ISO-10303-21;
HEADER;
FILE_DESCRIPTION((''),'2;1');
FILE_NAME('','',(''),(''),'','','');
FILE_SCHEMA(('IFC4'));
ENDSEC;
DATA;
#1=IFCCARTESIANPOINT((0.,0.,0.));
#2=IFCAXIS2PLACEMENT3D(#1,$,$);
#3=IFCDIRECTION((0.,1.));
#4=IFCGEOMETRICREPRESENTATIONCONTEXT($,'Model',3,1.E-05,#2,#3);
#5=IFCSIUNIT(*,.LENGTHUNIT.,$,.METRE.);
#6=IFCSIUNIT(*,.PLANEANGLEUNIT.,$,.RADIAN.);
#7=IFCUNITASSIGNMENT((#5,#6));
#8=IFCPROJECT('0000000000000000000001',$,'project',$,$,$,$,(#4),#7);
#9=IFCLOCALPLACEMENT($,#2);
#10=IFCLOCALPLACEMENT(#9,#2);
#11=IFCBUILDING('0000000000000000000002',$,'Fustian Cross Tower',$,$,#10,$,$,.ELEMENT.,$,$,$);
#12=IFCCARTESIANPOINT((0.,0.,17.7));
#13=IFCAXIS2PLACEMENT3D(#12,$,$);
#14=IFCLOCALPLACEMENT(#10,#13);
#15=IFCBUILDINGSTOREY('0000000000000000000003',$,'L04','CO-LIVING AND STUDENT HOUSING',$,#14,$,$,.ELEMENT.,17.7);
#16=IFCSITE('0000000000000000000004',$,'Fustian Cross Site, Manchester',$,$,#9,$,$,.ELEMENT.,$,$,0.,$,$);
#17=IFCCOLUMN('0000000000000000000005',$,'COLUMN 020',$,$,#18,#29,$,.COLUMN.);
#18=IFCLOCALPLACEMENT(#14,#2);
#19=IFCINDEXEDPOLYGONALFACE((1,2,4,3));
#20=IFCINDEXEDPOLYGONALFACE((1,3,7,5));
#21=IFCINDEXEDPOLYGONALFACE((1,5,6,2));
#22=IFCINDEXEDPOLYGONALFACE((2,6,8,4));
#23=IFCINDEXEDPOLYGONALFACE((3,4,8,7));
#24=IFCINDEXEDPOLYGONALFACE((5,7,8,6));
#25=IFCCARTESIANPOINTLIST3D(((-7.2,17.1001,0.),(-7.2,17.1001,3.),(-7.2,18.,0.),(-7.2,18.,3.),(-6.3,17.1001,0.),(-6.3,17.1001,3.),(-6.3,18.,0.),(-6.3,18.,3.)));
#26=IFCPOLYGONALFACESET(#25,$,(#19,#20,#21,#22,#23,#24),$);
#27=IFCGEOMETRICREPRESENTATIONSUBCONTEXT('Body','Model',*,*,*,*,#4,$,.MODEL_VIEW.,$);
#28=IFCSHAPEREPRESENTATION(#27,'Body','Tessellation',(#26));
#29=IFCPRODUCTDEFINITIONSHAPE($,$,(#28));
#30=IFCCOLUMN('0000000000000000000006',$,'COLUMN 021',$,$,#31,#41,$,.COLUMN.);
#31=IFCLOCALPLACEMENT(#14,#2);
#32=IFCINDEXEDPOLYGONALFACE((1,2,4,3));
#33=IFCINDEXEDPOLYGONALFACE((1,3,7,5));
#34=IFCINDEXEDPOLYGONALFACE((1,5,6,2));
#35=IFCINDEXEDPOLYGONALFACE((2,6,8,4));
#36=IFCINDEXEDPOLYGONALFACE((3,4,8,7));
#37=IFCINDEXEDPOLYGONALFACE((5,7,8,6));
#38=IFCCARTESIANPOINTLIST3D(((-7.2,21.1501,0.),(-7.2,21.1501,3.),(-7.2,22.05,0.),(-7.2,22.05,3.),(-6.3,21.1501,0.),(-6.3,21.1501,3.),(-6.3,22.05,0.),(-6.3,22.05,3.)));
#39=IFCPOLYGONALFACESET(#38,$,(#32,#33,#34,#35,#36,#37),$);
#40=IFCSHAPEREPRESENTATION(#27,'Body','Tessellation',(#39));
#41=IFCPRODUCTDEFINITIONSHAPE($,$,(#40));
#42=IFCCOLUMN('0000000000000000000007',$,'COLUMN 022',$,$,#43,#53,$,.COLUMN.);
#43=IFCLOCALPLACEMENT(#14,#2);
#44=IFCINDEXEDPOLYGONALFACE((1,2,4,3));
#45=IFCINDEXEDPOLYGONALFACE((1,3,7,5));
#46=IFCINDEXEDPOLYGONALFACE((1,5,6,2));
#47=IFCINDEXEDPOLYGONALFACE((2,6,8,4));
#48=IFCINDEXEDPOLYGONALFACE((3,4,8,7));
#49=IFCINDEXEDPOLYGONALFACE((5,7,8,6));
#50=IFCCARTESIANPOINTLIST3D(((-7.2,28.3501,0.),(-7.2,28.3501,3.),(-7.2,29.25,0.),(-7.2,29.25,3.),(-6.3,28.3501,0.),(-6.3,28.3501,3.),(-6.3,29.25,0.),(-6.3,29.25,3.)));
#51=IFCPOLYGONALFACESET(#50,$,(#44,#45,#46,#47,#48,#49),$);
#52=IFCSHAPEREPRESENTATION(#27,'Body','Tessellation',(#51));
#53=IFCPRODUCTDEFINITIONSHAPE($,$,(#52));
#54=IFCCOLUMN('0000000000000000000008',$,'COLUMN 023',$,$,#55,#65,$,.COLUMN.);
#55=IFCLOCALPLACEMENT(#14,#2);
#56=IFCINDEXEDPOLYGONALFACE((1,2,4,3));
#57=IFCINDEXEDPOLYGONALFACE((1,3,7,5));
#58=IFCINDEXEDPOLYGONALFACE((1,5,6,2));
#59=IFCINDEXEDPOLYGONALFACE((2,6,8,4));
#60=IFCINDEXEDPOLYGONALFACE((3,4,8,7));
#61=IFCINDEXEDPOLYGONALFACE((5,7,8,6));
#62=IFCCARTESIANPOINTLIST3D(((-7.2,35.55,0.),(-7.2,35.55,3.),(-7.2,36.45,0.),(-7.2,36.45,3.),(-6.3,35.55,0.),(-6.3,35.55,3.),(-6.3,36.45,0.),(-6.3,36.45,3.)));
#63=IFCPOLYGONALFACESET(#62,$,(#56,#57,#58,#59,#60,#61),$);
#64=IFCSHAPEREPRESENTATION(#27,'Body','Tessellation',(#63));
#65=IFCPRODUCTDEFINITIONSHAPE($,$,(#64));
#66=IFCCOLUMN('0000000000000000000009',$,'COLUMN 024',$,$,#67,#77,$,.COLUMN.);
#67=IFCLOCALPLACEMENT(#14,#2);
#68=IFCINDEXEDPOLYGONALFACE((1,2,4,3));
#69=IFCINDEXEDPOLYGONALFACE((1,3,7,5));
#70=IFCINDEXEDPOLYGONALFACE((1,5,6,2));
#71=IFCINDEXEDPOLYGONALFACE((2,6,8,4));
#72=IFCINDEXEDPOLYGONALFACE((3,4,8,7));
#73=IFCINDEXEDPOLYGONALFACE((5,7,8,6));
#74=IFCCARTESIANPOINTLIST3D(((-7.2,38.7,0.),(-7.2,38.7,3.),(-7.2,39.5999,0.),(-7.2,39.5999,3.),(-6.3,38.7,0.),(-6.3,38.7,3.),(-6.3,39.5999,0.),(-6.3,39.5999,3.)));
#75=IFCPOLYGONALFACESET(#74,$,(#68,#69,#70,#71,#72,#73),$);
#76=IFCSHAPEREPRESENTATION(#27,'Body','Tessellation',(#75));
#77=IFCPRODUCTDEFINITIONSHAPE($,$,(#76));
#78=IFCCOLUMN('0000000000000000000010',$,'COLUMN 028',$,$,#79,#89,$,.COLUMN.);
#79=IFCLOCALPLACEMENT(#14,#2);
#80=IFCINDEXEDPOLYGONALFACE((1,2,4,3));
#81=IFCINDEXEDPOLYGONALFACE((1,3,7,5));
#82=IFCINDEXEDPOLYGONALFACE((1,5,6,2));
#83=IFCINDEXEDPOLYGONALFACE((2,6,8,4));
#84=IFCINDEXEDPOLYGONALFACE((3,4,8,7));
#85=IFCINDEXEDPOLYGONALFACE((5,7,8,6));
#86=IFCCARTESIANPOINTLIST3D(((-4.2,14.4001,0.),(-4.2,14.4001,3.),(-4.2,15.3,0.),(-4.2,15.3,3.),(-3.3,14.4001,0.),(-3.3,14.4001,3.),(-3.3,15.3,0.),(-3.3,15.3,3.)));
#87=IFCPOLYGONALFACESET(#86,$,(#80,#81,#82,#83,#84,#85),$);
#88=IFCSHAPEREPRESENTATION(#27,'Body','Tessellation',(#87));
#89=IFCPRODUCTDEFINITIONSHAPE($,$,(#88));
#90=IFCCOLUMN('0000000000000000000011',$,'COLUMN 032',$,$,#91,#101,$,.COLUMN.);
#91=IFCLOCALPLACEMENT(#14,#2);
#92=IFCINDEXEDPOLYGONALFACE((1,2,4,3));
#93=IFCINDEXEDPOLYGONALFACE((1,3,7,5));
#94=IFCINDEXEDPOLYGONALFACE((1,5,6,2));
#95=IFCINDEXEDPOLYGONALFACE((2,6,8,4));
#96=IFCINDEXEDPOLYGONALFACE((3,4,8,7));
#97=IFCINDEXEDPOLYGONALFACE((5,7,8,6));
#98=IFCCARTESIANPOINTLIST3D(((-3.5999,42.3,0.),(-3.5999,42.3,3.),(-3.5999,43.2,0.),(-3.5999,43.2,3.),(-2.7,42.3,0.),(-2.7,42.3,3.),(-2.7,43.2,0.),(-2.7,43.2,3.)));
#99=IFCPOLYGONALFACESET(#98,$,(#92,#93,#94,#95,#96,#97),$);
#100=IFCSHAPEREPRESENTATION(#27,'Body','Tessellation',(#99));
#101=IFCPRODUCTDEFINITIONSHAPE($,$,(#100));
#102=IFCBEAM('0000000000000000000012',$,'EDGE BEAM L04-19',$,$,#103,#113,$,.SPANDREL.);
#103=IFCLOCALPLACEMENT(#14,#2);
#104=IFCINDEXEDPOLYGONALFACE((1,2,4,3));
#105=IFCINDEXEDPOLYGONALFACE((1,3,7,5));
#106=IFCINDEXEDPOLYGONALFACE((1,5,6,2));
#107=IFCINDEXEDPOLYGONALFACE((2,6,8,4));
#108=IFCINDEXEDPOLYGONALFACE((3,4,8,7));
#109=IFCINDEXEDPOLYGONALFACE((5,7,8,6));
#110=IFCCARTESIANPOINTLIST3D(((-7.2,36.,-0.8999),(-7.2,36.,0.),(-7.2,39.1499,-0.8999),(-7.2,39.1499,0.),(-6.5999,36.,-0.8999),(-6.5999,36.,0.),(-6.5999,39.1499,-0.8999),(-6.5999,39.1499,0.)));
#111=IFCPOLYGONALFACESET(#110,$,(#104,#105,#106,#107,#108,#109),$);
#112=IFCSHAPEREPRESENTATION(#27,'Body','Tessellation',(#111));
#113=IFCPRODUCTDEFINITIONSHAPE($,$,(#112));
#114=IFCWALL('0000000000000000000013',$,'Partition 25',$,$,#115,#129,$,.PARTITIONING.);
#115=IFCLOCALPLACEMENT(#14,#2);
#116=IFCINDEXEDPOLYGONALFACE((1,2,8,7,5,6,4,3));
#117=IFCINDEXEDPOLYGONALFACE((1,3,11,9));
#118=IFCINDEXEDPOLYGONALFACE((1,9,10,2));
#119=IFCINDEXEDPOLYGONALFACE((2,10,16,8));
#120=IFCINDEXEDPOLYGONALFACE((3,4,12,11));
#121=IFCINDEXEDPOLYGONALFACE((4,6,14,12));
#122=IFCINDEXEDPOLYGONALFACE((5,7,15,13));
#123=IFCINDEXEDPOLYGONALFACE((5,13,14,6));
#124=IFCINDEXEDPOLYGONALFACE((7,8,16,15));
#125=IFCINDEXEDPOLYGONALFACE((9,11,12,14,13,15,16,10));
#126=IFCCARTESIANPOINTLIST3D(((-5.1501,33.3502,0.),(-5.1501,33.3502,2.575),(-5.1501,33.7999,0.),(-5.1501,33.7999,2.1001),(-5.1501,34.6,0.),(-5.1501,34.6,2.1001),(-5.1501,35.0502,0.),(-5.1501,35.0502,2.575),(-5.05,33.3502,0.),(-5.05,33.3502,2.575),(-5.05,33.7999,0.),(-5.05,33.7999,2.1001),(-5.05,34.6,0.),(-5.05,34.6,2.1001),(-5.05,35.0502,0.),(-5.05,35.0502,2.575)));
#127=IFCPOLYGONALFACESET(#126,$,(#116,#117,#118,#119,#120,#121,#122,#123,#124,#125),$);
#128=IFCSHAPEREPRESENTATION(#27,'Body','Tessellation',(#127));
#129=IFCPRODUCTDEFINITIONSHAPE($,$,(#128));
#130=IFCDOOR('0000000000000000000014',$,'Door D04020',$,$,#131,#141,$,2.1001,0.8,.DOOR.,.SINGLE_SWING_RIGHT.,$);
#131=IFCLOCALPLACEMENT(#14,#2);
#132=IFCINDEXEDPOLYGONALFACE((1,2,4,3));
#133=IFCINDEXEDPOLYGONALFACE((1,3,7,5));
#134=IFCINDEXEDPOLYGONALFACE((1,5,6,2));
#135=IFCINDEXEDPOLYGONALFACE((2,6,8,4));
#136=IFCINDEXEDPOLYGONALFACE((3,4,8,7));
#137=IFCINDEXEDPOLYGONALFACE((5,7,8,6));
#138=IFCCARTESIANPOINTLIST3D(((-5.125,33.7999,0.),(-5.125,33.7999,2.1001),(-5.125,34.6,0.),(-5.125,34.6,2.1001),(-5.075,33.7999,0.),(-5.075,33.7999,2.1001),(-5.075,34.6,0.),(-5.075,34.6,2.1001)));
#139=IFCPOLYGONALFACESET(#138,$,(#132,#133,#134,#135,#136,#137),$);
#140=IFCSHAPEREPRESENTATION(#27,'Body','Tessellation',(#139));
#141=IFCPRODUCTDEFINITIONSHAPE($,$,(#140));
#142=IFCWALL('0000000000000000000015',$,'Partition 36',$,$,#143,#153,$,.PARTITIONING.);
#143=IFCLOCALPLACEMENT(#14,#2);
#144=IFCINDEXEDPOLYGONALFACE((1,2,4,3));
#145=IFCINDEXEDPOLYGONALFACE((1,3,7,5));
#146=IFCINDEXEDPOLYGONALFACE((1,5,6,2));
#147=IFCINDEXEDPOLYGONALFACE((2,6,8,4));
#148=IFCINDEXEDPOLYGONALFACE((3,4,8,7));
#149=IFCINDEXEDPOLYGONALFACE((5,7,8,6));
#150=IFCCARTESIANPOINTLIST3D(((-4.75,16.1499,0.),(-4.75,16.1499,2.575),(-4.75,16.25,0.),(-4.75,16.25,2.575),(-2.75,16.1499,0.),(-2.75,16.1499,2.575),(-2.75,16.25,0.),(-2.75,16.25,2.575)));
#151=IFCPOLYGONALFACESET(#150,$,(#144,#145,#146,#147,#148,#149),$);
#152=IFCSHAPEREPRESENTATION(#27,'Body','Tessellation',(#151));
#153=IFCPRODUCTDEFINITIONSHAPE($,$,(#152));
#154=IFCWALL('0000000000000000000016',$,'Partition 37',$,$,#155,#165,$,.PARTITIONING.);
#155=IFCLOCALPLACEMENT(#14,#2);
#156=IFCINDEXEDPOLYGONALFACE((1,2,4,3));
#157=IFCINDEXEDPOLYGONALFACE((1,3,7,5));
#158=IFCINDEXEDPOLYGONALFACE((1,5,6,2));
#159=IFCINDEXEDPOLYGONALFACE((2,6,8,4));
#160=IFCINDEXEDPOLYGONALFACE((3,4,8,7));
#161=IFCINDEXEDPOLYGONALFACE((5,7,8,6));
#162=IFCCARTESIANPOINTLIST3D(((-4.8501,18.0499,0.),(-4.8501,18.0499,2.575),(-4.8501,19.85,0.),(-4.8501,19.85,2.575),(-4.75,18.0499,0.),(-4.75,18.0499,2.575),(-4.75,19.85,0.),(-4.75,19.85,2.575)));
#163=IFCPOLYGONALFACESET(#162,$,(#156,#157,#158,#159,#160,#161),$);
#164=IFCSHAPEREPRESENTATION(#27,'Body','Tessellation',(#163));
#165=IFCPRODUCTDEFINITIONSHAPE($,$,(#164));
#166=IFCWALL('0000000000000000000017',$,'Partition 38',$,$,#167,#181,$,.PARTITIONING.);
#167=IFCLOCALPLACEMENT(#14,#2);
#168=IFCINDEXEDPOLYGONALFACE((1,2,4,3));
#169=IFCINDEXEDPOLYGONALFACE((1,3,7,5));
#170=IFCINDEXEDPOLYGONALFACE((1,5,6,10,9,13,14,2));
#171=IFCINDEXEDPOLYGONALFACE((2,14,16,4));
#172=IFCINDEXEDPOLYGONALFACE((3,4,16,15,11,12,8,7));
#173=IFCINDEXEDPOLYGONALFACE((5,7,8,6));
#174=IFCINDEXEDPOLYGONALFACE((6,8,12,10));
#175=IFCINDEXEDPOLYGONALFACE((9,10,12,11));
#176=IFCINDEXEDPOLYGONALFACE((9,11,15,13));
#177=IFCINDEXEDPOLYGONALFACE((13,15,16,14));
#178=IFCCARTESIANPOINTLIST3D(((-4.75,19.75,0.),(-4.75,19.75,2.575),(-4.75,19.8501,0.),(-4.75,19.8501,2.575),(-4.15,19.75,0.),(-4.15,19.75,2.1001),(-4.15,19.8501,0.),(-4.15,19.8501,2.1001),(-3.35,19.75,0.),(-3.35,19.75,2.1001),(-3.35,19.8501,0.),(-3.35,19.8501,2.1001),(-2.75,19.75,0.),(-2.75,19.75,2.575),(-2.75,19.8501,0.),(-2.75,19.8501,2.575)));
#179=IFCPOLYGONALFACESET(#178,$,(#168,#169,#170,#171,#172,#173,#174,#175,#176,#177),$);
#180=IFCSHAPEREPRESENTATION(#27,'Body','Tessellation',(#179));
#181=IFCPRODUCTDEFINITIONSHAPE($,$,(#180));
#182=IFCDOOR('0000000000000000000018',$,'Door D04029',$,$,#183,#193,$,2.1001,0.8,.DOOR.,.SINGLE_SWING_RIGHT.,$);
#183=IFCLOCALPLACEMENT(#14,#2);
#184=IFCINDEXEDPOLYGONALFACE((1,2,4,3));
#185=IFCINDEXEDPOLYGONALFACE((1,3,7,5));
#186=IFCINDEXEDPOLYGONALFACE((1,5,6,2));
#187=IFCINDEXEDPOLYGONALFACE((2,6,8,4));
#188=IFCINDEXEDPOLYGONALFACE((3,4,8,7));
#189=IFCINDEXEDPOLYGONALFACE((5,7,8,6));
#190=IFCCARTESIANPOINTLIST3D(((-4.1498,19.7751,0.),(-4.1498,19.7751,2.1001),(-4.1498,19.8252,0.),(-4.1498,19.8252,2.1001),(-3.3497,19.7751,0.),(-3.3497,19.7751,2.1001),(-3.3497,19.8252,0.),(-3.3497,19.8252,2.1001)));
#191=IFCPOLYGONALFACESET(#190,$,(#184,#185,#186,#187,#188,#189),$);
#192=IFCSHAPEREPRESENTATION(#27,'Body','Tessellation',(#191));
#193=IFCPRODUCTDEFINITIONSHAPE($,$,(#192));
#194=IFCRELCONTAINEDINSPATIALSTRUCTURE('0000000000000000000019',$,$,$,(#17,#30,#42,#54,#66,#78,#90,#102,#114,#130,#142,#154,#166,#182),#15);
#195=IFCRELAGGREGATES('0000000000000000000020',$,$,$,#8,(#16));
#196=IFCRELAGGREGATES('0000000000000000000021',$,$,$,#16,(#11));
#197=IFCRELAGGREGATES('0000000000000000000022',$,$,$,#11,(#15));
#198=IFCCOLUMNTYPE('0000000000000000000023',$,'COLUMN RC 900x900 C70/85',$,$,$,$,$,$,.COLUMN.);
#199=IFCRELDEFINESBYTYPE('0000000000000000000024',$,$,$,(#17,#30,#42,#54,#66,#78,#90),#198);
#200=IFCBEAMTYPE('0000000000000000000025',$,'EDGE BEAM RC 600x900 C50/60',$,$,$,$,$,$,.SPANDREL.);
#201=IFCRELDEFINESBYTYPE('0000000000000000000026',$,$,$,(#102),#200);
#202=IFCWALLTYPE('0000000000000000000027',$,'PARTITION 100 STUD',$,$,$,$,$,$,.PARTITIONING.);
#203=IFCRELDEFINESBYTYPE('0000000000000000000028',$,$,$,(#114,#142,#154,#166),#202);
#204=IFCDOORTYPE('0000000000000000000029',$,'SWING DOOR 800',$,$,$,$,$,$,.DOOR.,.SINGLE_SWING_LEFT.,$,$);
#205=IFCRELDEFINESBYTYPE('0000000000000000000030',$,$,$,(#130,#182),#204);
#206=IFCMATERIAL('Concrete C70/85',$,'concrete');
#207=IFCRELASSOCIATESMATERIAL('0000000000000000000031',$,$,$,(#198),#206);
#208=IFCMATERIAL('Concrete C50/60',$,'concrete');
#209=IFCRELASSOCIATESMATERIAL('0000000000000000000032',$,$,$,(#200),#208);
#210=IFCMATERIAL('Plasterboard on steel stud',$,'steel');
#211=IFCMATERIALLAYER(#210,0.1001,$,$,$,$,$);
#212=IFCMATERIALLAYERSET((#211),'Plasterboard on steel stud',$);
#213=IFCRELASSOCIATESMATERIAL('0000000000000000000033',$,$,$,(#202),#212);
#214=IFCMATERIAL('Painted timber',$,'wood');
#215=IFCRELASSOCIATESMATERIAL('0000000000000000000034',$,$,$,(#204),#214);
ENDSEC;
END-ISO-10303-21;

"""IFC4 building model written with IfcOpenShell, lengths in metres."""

from ifc_helpers import new_model, si_unit, direction, frame, frame_2d, origin, origin_2d, place, context, subcontext, project, spatial, rectangle, extrude, material, layer, layer_set, material_profile, profile_set, type_object, element, fill, save


model = new_model("IFC4")

# Units and contexts
model_context = context("Model", 3, precision=1e-05, world=origin(), true_north=direction((0.0, 1.0)))
body_context = subcontext(model_context, "Body", "Model", "MODEL_VIEW")
ifc_project = project(units=[si_unit("LENGTHUNIT", "METRE"), si_unit("PLANEANGLEUNIT", "RADIAN")], contexts=[model_context])

# Site, building, storey
site_placement = place(None, origin())
site = spatial("IfcSite", under=ifc_project, at=site_placement, Name="Fustian Cross Site, Manchester", CompositionType="ELEMENT", RefElevation=0.0)
building_placement = place(site_placement, origin())
building = spatial("IfcBuilding", under=site, at=building_placement, Name="Fustian Cross Tower", CompositionType="ELEMENT")
storey_placement = place(building_placement, frame((0.0, 0.0, 17.7)))
storey = spatial("IfcBuildingStorey", under=building, at=storey_placement, Name="L04", Description="CO-LIVING AND STUDENT HOUSING", CompositionType="ELEMENT", Elevation=17.7)

# Columns
ifc_material_1 = material(Name="Concrete C70/85", Category="concrete")
ifc_material_profile_1 = material_profile(ifc_material_1, rectangle(XDim=0.8999, YDim=0.8999, at=origin_2d()), Name="RC 900x900")
ifc_profile_set_1 = profile_set([ifc_material_profile_1], Name="Concrete C70/85")
column_type = type_object("IfcColumnType", Name="COLUMN RC 900x900 C70/85", PredefinedType="COLUMN", material=ifc_profile_set_1)
for number, where, z_axis, x_axis, name in (
    (1, (-6.75, 17.55, 0.0), (0.0, 0.0, 1.0), (1.0, 0.0, 0.0), "COLUMN 020"),
    (2, (-6.75, 21.6001, 0.0), (0.0, 0.0, 1.0), (1.0, 0.0, 0.0), "COLUMN 021"),
    (3, (-6.75, 28.8, 0.0), (0.0, 0.0, 1.0), (1.0, 0.0, 0.0), "COLUMN 022"),
    (4, (-6.75, 36.0, 0.0), (0.0, 0.0, 1.0), (1.0, 0.0, 0.0), "COLUMN 023"),
    (5, (-6.75, 39.1499, 0.0), (0.0, 0.0, 1.0), (1.0, 0.0, 0.0), "COLUMN 024"),
    (6, (-3.75, 14.8501, 0.0), (0.0, 0.0, 1.0), (1.0, 0.0, 0.0), "COLUMN 028"),
    (7, (-3.1499, 42.75, 0.0), (0.0, 0.0, 1.0), (1.0, 0.0, 0.0), "COLUMN 032"),
):
    element("IfcColumn", number, at=place(storey_placement, frame(where, z_axis=z_axis, x_axis=x_axis)), inside=storey, type_object=column_type, Name=name, PredefinedType="COLUMN", context=body_context, shape_type="SweptSolid", body=[
        extrude(rectangle(XDim=0.8999, YDim=0.8999, at=origin_2d()), origin(), (0.0, 0.0, 1.0), 3.0),
    ])

# Beam
ifc_material_2 = material(Name="Concrete C50/60", Category="concrete")
ifc_material_profile_2 = material_profile(ifc_material_2, rectangle(XDim=0.6001, YDim=0.8999, at=origin_2d()), Name="RC 600x900")
ifc_profile_set_2 = profile_set([ifc_material_profile_2], Name="Concrete C50/60")
beam_type = type_object("IfcBeamType", Name="EDGE BEAM RC 600x900 C50/60", PredefinedType="SPANDREL", material=ifc_profile_set_2)
beam_placement = place(storey_placement, frame((-6.8999, 39.1499, -0.45), z_axis=(0.0, -1.0, 0.0), x_axis=(1.0, 0.0, 0.0)))
element("IfcBeam", 8, at=beam_placement, inside=storey, type_object=beam_type, Name="EDGE BEAM L04-19", PredefinedType="SPANDREL", context=body_context, shape_type="SweptSolid", body=[
    extrude(rectangle(XDim=0.6001, YDim=0.8999, at=origin_2d()), origin(), (0.0, 0.0, 1.0), 3.1499),
])

# Wall, opening, door
ifc_material_3 = material(Name="Plasterboard on steel stud", Category="steel")
ifc_layer_1 = layer(ifc_material_3, 0.1001)
ifc_layer_set_1 = layer_set([ifc_layer_1], Name="Plasterboard on steel stud")
wall_type_1 = type_object("IfcWallType", Name="PARTITION 100 STUD", PredefinedType="PARTITIONING", material=ifc_layer_set_1)
wall_1_placement = place(storey_placement, frame((-5.1001, 33.3501, 0.0), z_axis=(0.0, 0.0, 1.0), x_axis=(0.0, 1.0, 0.0)))
wall_1 = element("IfcWall", 9, at=wall_1_placement, inside=storey, type_object=wall_type_1, Name="Partition 25", PredefinedType="PARTITIONING", context=body_context, shape_type="SweptSolid", body=[
    extrude(rectangle(XDim=1.7, YDim=0.1001, at=frame_2d((0.8501, 0.0))), origin(), (0.0, 0.0, 1.0), 2.575),
])
opening_1_placement = place(wall_1_placement, frame((0.45, 0.0, 0.0)))
opening_1 = element("IfcOpeningElement", 10, at=opening_1_placement, cuts=wall_1, PredefinedType="OPENING", context=body_context, shape_type="SweptSolid", body=[
    extrude(rectangle(XDim=0.8, YDim=2.1001, at=frame_2d((0.3999, 1.05))), frame((0.0, 0.0601, 0.0), z_axis=(0.0, -1.0, 0.0), x_axis=(1.0, 0.0, 0.0)), (0.0, 0.0, 1.0), 0.1201),
])
ifc_material_4 = material(Name="Painted timber", Category="wood")
door_type_1 = type_object("IfcDoorType", Name="SWING DOOR 800", OperationType="SINGLE_SWING_LEFT", PredefinedType="DOOR", material=ifc_material_4)
door_1_placement = place(opening_1_placement, origin())
door_1 = element("IfcDoor", 11, at=door_1_placement, inside=storey, type_object=door_type_1, Name="Door D04020", OperationType="SINGLE_SWING_RIGHT", OverallHeight=2.1001, OverallWidth=0.8, PredefinedType="DOOR", context=body_context, shape_type="SweptSolid", body=[
    extrude(rectangle(XDim=0.8, YDim=2.1001, at=frame_2d((0.3999, 1.05))), frame((0.0, 0.0249, 0.0), z_axis=(0.0, -1.0, 0.0), x_axis=(1.0, 0.0, 0.0)), (0.0, 0.0, 1.0), 0.05),
])
fill(opening_1, door_1)

# Walls
wall_2_placement = place(storey_placement, frame((-4.75, 16.2, 0.0), z_axis=(0.0, 0.0, 1.0), x_axis=(1.0, 0.0, 0.0)))
element("IfcWall", 12, at=wall_2_placement, inside=storey, type_object=wall_type_1, Name="Partition 36", PredefinedType="PARTITIONING", context=body_context, shape_type="SweptSolid", body=[
    extrude(rectangle(XDim=2.0, YDim=0.1001, at=frame_2d((1.0, 0.0))), origin(), (0.0, 0.0, 1.0), 2.575),
])
wall_3_placement = place(storey_placement, frame((-4.8, 18.05, 0.0), z_axis=(0.0, 0.0, 1.0), x_axis=(0.0, 1.0, 0.0)))
element("IfcWall", 13, at=wall_3_placement, inside=storey, type_object=wall_type_1, Name="Partition 37", PredefinedType="PARTITIONING", context=body_context, shape_type="SweptSolid", body=[
    extrude(rectangle(XDim=1.8, YDim=0.1001, at=frame_2d((0.8999, 0.0))), origin(), (0.0, 0.0, 1.0), 2.575),
])

# Wall, opening, door
wall_4_placement = place(storey_placement, frame((-4.75, 19.8, 0.0), z_axis=(0.0, 0.0, 1.0), x_axis=(1.0, 0.0, 0.0)))
wall_4 = element("IfcWall", 14, at=wall_4_placement, inside=storey, type_object=wall_type_1, Name="Partition 38", PredefinedType="PARTITIONING", context=body_context, shape_type="SweptSolid", body=[
    extrude(rectangle(XDim=2.0, YDim=0.1001, at=frame_2d((1.0, 0.0))), origin(), (0.0, 0.0, 1.0), 2.575),
])
opening_2_placement = place(wall_4_placement, frame((0.6001, 0.0, 0.0)))
opening_2 = element("IfcOpeningElement", 15, at=opening_2_placement, cuts=wall_4, PredefinedType="OPENING", context=body_context, shape_type="SweptSolid", body=[
    extrude(rectangle(XDim=0.8, YDim=2.1001, at=frame_2d((0.3999, 1.05))), frame((0.0, 0.0601, 0.0), z_axis=(0.0, -1.0, 0.0), x_axis=(1.0, 0.0, 0.0)), (0.0, 0.0, 1.0), 0.1201),
])
door_2_placement = place(opening_2_placement, frame((0.8, 0.0, 0.0), z_axis=(0.0, 0.0, 1.0), x_axis=(-1.0, 0.0, 0.0)))
door_2 = element("IfcDoor", 16, at=door_2_placement, inside=storey, type_object=door_type_1, Name="Door D04029", OperationType="SINGLE_SWING_RIGHT", OverallHeight=2.1001, OverallWidth=0.8, PredefinedType="DOOR", context=body_context, shape_type="SweptSolid", body=[
    extrude(rectangle(XDim=0.8, YDim=2.1001, at=frame_2d((0.3999, 1.05))), frame((0.0, 0.0249, 0.0), z_axis=(0.0, -1.0, 0.0), x_axis=(1.0, 0.0, 0.0)), (0.0, 0.0, 1.0), 0.05),
])
fill(opening_2, door_2)

save(model, "model.ifc")
